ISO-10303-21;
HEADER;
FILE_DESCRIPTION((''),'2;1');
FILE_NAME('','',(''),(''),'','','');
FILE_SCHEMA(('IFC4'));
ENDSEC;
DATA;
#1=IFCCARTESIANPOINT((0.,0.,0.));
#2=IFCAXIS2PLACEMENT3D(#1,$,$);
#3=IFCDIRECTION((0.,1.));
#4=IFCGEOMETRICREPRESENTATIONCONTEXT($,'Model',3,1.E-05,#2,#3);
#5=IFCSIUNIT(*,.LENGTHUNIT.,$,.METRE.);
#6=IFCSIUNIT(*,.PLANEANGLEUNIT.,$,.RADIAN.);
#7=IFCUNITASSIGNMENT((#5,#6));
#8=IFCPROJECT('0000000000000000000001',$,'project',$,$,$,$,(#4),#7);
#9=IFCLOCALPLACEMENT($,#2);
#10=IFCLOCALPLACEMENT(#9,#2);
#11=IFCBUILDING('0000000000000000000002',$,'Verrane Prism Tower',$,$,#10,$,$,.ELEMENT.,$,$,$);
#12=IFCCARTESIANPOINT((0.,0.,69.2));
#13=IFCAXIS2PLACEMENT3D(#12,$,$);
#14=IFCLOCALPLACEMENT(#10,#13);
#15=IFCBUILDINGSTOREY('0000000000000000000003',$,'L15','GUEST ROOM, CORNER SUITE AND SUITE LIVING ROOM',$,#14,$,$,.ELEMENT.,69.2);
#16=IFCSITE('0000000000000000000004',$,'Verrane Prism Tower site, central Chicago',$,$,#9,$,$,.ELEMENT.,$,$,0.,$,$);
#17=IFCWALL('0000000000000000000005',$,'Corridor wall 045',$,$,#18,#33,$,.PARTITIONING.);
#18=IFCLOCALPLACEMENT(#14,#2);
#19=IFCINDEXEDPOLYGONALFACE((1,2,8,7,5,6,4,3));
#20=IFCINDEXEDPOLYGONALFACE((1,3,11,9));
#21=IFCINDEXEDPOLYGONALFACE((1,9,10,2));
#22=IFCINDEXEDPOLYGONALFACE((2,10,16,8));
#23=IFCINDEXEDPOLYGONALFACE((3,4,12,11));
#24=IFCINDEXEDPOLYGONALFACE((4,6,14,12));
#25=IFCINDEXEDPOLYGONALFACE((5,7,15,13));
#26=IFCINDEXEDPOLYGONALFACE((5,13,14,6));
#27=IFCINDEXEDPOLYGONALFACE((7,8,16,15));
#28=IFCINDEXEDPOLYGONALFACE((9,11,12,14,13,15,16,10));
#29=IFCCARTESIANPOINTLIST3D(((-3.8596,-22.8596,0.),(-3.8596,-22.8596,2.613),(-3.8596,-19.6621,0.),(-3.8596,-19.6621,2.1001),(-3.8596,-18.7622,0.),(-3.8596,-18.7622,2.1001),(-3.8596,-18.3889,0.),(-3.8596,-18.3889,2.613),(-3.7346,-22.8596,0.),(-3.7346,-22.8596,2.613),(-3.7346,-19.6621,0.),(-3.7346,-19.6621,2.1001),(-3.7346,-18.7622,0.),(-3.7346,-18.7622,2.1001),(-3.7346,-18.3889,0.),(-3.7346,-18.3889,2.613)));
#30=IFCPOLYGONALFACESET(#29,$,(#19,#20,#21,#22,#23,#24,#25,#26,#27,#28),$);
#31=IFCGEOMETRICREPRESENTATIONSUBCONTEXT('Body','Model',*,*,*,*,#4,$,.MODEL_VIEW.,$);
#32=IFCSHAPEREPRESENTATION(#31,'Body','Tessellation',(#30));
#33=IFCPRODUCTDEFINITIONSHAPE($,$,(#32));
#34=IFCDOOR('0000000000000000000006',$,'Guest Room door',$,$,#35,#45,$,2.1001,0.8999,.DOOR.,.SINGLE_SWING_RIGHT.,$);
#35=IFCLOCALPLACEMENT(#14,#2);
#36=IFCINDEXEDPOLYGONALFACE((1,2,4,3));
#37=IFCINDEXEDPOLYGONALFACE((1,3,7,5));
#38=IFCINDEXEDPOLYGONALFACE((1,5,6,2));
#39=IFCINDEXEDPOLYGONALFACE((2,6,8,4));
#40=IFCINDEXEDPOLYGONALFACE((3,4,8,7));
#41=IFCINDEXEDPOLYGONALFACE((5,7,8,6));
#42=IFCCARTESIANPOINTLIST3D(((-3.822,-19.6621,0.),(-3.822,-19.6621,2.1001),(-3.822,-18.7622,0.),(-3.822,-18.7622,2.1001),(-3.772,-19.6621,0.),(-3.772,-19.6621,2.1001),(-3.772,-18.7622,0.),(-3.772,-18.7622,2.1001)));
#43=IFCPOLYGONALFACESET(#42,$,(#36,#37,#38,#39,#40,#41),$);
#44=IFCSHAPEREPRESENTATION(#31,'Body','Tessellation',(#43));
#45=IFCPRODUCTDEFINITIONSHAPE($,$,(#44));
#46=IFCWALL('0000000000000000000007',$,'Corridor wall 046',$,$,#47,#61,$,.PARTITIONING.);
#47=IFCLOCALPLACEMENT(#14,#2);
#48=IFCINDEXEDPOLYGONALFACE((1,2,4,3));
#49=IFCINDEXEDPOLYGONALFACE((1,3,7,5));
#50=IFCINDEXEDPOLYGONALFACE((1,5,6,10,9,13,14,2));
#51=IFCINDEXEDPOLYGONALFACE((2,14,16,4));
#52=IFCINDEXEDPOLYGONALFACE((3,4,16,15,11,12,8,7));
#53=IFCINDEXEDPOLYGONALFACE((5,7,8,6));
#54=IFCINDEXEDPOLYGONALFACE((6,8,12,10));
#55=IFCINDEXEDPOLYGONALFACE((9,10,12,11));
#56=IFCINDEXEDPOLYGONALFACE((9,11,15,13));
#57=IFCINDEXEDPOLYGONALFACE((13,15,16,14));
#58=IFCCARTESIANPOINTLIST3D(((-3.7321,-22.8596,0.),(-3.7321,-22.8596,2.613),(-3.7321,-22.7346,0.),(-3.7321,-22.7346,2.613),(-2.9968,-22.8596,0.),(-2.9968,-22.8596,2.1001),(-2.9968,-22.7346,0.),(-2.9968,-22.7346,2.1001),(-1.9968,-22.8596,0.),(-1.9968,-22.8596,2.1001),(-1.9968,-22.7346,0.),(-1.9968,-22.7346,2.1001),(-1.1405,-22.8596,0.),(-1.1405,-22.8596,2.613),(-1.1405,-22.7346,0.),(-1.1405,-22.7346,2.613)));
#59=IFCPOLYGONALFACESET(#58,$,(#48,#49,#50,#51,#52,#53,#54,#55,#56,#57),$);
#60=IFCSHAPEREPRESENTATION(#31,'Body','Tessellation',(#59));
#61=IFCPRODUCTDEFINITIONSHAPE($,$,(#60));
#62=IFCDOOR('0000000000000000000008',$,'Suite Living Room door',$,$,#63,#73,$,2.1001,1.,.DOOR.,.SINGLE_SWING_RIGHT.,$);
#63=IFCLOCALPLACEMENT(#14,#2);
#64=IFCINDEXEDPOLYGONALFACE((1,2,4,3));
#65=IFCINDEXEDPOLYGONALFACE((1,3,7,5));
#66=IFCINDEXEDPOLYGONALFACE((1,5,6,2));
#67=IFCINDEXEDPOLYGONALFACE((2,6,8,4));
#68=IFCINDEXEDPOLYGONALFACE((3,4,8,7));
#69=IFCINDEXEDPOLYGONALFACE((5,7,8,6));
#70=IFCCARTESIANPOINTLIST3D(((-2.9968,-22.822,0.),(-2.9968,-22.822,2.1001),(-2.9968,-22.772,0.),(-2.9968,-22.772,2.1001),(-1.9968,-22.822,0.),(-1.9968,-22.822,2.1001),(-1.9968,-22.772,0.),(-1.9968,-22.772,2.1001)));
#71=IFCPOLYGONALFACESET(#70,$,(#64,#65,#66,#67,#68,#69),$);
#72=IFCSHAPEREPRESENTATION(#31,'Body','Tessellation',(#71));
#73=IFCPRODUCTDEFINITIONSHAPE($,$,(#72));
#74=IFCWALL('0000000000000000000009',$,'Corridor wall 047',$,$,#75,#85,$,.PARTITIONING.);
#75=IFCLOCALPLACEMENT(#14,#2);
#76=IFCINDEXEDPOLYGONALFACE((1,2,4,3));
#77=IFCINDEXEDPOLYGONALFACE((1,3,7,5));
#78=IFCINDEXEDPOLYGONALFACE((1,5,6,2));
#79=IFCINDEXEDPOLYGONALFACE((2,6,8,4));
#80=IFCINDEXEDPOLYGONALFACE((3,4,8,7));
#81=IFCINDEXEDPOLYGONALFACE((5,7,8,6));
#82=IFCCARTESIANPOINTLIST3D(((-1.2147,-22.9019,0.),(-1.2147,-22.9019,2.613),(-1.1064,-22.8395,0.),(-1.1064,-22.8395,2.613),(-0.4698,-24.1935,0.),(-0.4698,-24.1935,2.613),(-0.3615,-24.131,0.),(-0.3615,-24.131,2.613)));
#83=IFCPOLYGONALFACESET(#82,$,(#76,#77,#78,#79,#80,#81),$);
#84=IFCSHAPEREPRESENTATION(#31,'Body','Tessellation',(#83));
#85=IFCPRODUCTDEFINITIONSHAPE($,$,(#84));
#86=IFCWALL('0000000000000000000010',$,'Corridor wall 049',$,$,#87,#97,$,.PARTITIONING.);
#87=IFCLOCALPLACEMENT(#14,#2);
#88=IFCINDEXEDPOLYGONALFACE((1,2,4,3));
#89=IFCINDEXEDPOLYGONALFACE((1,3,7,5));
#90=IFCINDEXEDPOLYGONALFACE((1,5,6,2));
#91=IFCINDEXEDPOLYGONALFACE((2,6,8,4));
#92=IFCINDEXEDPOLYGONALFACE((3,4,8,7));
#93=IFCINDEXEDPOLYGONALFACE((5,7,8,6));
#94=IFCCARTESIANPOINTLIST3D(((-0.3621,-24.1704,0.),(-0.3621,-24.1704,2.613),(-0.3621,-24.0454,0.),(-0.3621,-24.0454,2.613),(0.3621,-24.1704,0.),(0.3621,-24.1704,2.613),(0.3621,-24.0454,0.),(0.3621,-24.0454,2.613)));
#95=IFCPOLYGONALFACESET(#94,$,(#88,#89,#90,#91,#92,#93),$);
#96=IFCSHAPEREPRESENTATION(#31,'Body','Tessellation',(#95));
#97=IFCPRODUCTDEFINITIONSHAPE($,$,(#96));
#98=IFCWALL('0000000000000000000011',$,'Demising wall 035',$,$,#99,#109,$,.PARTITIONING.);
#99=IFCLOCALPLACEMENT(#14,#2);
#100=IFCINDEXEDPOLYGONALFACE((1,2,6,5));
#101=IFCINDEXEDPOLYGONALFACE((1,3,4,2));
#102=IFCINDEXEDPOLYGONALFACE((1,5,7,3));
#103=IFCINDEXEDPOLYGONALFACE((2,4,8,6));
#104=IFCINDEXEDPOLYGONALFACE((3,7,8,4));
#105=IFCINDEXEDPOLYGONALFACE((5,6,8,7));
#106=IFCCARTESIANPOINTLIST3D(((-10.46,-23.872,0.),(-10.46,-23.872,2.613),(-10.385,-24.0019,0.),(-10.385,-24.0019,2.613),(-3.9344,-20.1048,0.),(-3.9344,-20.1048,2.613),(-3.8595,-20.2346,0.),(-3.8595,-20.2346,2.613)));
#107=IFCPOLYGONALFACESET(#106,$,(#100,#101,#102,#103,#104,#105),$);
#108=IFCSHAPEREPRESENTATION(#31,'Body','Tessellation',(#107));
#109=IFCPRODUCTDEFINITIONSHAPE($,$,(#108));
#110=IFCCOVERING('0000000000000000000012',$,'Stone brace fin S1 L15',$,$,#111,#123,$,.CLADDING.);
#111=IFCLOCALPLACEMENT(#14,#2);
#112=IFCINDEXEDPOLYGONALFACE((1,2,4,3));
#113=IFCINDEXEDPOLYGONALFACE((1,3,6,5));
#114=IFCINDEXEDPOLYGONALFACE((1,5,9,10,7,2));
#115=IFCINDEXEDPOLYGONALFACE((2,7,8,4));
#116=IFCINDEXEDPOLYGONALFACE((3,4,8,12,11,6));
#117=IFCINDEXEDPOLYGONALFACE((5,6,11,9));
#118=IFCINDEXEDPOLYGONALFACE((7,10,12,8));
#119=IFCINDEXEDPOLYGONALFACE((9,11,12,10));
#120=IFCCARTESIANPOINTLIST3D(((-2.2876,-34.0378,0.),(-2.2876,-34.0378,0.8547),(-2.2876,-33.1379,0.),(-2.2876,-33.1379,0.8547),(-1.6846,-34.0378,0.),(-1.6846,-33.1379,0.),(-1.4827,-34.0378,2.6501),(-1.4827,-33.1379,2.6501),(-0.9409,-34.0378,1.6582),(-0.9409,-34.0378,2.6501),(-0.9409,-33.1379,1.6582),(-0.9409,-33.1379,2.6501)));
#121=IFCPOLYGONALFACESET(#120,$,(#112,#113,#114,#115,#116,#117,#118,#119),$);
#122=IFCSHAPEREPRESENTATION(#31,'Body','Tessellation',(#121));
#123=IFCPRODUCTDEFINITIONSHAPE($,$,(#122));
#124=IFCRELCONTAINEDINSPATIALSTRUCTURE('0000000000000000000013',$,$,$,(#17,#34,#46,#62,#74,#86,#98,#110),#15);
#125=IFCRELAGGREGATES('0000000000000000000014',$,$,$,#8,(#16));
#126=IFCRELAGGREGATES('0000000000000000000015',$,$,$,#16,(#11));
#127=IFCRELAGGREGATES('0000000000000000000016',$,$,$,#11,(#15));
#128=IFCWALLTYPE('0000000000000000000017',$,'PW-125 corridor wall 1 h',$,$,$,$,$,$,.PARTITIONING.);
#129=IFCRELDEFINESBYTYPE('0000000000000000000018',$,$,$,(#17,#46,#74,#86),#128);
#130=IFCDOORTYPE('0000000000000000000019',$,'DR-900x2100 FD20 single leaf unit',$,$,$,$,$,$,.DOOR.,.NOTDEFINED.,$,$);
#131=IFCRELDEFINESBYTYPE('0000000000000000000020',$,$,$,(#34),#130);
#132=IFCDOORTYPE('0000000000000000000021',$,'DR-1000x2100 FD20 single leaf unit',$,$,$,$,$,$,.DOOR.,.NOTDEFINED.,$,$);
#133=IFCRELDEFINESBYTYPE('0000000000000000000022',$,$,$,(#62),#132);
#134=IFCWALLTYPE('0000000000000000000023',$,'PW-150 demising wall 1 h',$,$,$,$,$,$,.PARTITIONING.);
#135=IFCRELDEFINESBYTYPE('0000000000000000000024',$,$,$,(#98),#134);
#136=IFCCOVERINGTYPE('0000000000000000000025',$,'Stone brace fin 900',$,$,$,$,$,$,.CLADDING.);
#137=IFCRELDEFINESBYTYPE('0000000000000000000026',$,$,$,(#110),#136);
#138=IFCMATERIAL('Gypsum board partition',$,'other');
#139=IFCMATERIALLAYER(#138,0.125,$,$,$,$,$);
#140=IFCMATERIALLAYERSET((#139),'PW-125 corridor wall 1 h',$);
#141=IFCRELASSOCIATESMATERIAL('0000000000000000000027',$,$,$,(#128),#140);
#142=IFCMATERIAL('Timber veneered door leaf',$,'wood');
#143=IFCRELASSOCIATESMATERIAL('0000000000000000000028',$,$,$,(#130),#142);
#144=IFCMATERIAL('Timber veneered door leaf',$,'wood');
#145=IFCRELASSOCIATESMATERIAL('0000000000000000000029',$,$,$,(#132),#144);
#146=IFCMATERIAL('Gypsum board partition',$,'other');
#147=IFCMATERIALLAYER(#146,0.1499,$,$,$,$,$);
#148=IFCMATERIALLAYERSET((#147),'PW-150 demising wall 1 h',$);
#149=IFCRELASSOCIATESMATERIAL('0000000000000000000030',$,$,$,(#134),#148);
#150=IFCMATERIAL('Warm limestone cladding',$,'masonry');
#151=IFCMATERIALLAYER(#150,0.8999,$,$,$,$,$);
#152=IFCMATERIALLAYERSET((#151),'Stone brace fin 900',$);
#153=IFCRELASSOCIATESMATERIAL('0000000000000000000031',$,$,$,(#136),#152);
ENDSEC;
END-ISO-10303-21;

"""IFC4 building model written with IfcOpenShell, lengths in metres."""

from ifc_helpers import new_model, si_unit, direction, frame, frame_2d, origin, place, context, subcontext, project, spatial, polyline, rectangle, outline, extrude, material, layer, layer_set, type_object, element, fill, save


model = new_model("IFC4")

# Units and contexts
model_context = context("Model", 3, precision=1e-05, world=origin(), true_north=direction((0.0, 1.0)))
body_context = subcontext(model_context, "Body", "Model", "MODEL_VIEW")
ifc_project = project(units=[si_unit("LENGTHUNIT", "METRE"), si_unit("PLANEANGLEUNIT", "RADIAN")], contexts=[model_context])

# Site, building, storey
site_placement = place(None, origin())
site = spatial("IfcSite", under=ifc_project, at=site_placement, Name="Verrane Prism Tower site, central Chicago", CompositionType="ELEMENT", RefElevation=0.0)
building_placement = place(site_placement, origin())
building = spatial("IfcBuilding", under=site, at=building_placement, Name="Verrane Prism Tower", CompositionType="ELEMENT")
storey_placement = place(building_placement, frame((0.0, 0.0, 69.2)))
storey = spatial("IfcBuildingStorey", under=building, at=storey_placement, Name="L15", Description="GUEST ROOM, CORNER SUITE AND SUITE LIVING ROOM", CompositionType="ELEMENT", Elevation=69.2)

# Walls, openings, doors
ifc_material_1 = material(Name="Gypsum board partition", Category="other")
ifc_layer_1 = layer(ifc_material_1, 0.125)
ifc_layer_set_1 = layer_set([ifc_layer_1], Name="PW-125 corridor wall 1 h")
wall_type_1 = type_object("IfcWallType", Name="PW-125 corridor wall 1 h", PredefinedType="PARTITIONING", material=ifc_layer_set_1)
wall_1_placement = place(storey_placement, frame((-3.7971, -22.8596, 0.0), z_axis=(0.0, 0.0, 1.0), x_axis=(0.0, 1.0, 0.0)))
wall_1 = element("IfcWall", 1, at=wall_1_placement, inside=storey, type_object=wall_type_1, Name="Corridor wall 045", PredefinedType="PARTITIONING", context=body_context, shape_type="SweptSolid", body=[
    extrude(rectangle(XDim=4.4707, YDim=0.125, at=frame_2d((2.2354, 0.0))), origin(), (0.0, 0.0, 1.0), 2.613),
])
opening_1_placement = place(wall_1_placement, frame((3.1975, 0.0, 0.0)))
opening_1 = element("IfcOpeningElement", 2, at=opening_1_placement, cuts=wall_1, PredefinedType="OPENING", context=body_context, shape_type="SweptSolid", body=[
    extrude(rectangle(XDim=0.8999, YDim=2.1001, at=frame_2d((0.45, 1.05))), frame((0.0, 0.0725, 0.0), z_axis=(0.0, -1.0, 0.0), x_axis=(1.0, 0.0, 0.0)), (0.0, 0.0, 1.0), 0.145),
])
ifc_material_2 = material(Name="Timber veneered door leaf", Category="wood")
door_type_1 = type_object("IfcDoorType", Name="DR-900x2100 FD20 single leaf unit", OperationType="NOTDEFINED", PredefinedType="DOOR", material=ifc_material_2)
door_1_placement = place(opening_1_placement, origin())
door_1 = element("IfcDoor", 3, at=door_1_placement, inside=storey, type_object=door_type_1, Name="Guest Room door", OperationType="SINGLE_SWING_RIGHT", OverallHeight=2.1001, OverallWidth=0.8999, PredefinedType="DOOR", context=body_context, shape_type="SweptSolid", body=[
    extrude(rectangle(XDim=0.8999, YDim=2.1001, at=frame_2d((0.45, 1.05))), frame((0.0, 0.0249, 0.0), z_axis=(0.0, -1.0, 0.0), x_axis=(1.0, 0.0, 0.0)), (0.0, 0.0, 1.0), 0.05),
])
fill(opening_1, door_1)
wall_2_placement = place(storey_placement, frame((-1.1404, -22.7971, 0.0), z_axis=(0.0, 0.0, 1.0), x_axis=(-1.0, 0.0, 0.0)))
wall_2 = element("IfcWall", 4, at=wall_2_placement, inside=storey, type_object=wall_type_1, Name="Corridor wall 046", PredefinedType="PARTITIONING", context=body_context, shape_type="SweptSolid", body=[
    extrude(rectangle(XDim=2.5916, YDim=0.125, at=frame_2d((1.2959, 0.0))), origin(), (0.0, 0.0, 1.0), 2.613),
])
opening_2_placement = place(wall_2_placement, frame((0.8564, 0.0, 0.0)))
opening_2 = element("IfcOpeningElement", 5, at=opening_2_placement, cuts=wall_2, PredefinedType="OPENING", context=body_context, shape_type="SweptSolid", body=[
    extrude(rectangle(XDim=1.0, YDim=2.1001, at=frame_2d((0.5, 1.05))), frame((0.0, 0.0725, 0.0), z_axis=(0.0, -1.0, 0.0), x_axis=(1.0, 0.0, 0.0)), (0.0, 0.0, 1.0), 0.145),
])
ifc_material_3 = material(Name="Timber veneered door leaf", Category="wood")
door_type_2 = type_object("IfcDoorType", Name="DR-1000x2100 FD20 single leaf unit", OperationType="NOTDEFINED", PredefinedType="DOOR", material=ifc_material_3)
door_2_placement = place(opening_2_placement, origin())
door_2 = element("IfcDoor", 6, at=door_2_placement, inside=storey, type_object=door_type_2, Name="Suite Living Room door", OperationType="SINGLE_SWING_RIGHT", OverallHeight=2.1001, OverallWidth=1.0, PredefinedType="DOOR", context=body_context, shape_type="SweptSolid", body=[
    extrude(rectangle(XDim=1.0, YDim=2.1001, at=frame_2d((0.5, 1.05))), frame((0.0, 0.0249, 0.0), z_axis=(0.0, -1.0, 0.0), x_axis=(1.0, 0.0, 0.0)), (0.0, 0.0, 1.0), 0.05),
])
fill(opening_2, door_2)

# Walls
wall_3_placement = place(storey_placement, frame((-1.1606, -22.8706, 0.0), z_axis=(0.0, 0.0, 1.0), x_axis=(0.499609, -0.866251, 0.0)))
element("IfcWall", 7, at=wall_3_placement, inside=storey, type_object=wall_type_1, Name="Corridor wall 047", PredefinedType="PARTITIONING", context=body_context, shape_type="SweptSolid", body=[
    extrude(rectangle(XDim=1.491, YDim=0.125, at=frame_2d((0.7456, 0.0))), origin(), (0.0, 0.0, 1.0), 2.613),
])
wall_4_placement = place(storey_placement, frame((-0.3621, -24.1079, 0.0), z_axis=(0.0, 0.0, 1.0), x_axis=(1.0, 0.0, 0.0)))
element("IfcWall", 8, at=wall_4_placement, inside=storey, type_object=wall_type_1, Name="Corridor wall 049", PredefinedType="PARTITIONING", context=body_context, shape_type="SweptSolid", body=[
    extrude(rectangle(XDim=0.7241, YDim=0.125, at=frame_2d((0.3621, 0.0))), origin(), (0.0, 0.0, 1.0), 2.613),
])
ifc_material_4 = material(Name="Gypsum board partition", Category="other")
ifc_layer_2 = layer(ifc_material_4, 0.1499)
ifc_layer_set_2 = layer_set([ifc_layer_2], Name="PW-150 demising wall 1 h")
wall_type_2 = type_object("IfcWallType", Name="PW-150 demising wall 1 h", PredefinedType="PARTITIONING", material=ifc_layer_set_2)
wall_5_placement = place(storey_placement, frame((-10.4226, -23.937, 0.0), z_axis=(0.0, 0.0, 1.0), x_axis=(0.866039, 0.499976, 0.0)))
element("IfcWall", 9, at=wall_5_placement, inside=storey, type_object=wall_type_2, Name="Demising wall 035", PredefinedType="PARTITIONING", context=body_context, shape_type="SweptSolid", body=[
    extrude(rectangle(XDim=7.5349, YDim=0.1499, at=frame_2d((3.7676, 0.0))), origin(), (0.0, 0.0, 1.0), 2.613),
])

# Covering
ifc_material_5 = material(Name="Warm limestone cladding", Category="masonry")
ifc_layer_3 = layer(ifc_material_5, 0.8999)
ifc_layer_set_3 = layer_set([ifc_layer_3], Name="Stone brace fin 900")
covering_type = type_object("IfcCoveringType", Name="Stone brace fin 900", PredefinedType="CLADDING", material=ifc_layer_set_3)
covering_placement = place(storey_placement, frame((-2.2876, -33.5879, 0.0), z_axis=(0.0, 0.0, 1.0), x_axis=(1.0, 0.0, 0.0)))
element("IfcCovering", 10, at=covering_placement, inside=storey, type_object=covering_type, Name="Stone brace fin S1 L15", PredefinedType="CLADDING", context=body_context, shape_type="SweptSolid", body=[
    extrude(outline(polyline([(1.3467, 2.6501), (0.8049, 2.6501), (0.0, 0.8547), (0.0, 0.0), (0.603, 0.0), (1.3467, 1.6582), (1.3467, 2.6501)])), frame((0.0, 0.45, 0.0), z_axis=(0.0, -1.0, 0.0), x_axis=(1.0, 0.0, 0.0)), (0.0, 0.0, 1.0), 0.8999),
])

save(model, "model.ifc")
